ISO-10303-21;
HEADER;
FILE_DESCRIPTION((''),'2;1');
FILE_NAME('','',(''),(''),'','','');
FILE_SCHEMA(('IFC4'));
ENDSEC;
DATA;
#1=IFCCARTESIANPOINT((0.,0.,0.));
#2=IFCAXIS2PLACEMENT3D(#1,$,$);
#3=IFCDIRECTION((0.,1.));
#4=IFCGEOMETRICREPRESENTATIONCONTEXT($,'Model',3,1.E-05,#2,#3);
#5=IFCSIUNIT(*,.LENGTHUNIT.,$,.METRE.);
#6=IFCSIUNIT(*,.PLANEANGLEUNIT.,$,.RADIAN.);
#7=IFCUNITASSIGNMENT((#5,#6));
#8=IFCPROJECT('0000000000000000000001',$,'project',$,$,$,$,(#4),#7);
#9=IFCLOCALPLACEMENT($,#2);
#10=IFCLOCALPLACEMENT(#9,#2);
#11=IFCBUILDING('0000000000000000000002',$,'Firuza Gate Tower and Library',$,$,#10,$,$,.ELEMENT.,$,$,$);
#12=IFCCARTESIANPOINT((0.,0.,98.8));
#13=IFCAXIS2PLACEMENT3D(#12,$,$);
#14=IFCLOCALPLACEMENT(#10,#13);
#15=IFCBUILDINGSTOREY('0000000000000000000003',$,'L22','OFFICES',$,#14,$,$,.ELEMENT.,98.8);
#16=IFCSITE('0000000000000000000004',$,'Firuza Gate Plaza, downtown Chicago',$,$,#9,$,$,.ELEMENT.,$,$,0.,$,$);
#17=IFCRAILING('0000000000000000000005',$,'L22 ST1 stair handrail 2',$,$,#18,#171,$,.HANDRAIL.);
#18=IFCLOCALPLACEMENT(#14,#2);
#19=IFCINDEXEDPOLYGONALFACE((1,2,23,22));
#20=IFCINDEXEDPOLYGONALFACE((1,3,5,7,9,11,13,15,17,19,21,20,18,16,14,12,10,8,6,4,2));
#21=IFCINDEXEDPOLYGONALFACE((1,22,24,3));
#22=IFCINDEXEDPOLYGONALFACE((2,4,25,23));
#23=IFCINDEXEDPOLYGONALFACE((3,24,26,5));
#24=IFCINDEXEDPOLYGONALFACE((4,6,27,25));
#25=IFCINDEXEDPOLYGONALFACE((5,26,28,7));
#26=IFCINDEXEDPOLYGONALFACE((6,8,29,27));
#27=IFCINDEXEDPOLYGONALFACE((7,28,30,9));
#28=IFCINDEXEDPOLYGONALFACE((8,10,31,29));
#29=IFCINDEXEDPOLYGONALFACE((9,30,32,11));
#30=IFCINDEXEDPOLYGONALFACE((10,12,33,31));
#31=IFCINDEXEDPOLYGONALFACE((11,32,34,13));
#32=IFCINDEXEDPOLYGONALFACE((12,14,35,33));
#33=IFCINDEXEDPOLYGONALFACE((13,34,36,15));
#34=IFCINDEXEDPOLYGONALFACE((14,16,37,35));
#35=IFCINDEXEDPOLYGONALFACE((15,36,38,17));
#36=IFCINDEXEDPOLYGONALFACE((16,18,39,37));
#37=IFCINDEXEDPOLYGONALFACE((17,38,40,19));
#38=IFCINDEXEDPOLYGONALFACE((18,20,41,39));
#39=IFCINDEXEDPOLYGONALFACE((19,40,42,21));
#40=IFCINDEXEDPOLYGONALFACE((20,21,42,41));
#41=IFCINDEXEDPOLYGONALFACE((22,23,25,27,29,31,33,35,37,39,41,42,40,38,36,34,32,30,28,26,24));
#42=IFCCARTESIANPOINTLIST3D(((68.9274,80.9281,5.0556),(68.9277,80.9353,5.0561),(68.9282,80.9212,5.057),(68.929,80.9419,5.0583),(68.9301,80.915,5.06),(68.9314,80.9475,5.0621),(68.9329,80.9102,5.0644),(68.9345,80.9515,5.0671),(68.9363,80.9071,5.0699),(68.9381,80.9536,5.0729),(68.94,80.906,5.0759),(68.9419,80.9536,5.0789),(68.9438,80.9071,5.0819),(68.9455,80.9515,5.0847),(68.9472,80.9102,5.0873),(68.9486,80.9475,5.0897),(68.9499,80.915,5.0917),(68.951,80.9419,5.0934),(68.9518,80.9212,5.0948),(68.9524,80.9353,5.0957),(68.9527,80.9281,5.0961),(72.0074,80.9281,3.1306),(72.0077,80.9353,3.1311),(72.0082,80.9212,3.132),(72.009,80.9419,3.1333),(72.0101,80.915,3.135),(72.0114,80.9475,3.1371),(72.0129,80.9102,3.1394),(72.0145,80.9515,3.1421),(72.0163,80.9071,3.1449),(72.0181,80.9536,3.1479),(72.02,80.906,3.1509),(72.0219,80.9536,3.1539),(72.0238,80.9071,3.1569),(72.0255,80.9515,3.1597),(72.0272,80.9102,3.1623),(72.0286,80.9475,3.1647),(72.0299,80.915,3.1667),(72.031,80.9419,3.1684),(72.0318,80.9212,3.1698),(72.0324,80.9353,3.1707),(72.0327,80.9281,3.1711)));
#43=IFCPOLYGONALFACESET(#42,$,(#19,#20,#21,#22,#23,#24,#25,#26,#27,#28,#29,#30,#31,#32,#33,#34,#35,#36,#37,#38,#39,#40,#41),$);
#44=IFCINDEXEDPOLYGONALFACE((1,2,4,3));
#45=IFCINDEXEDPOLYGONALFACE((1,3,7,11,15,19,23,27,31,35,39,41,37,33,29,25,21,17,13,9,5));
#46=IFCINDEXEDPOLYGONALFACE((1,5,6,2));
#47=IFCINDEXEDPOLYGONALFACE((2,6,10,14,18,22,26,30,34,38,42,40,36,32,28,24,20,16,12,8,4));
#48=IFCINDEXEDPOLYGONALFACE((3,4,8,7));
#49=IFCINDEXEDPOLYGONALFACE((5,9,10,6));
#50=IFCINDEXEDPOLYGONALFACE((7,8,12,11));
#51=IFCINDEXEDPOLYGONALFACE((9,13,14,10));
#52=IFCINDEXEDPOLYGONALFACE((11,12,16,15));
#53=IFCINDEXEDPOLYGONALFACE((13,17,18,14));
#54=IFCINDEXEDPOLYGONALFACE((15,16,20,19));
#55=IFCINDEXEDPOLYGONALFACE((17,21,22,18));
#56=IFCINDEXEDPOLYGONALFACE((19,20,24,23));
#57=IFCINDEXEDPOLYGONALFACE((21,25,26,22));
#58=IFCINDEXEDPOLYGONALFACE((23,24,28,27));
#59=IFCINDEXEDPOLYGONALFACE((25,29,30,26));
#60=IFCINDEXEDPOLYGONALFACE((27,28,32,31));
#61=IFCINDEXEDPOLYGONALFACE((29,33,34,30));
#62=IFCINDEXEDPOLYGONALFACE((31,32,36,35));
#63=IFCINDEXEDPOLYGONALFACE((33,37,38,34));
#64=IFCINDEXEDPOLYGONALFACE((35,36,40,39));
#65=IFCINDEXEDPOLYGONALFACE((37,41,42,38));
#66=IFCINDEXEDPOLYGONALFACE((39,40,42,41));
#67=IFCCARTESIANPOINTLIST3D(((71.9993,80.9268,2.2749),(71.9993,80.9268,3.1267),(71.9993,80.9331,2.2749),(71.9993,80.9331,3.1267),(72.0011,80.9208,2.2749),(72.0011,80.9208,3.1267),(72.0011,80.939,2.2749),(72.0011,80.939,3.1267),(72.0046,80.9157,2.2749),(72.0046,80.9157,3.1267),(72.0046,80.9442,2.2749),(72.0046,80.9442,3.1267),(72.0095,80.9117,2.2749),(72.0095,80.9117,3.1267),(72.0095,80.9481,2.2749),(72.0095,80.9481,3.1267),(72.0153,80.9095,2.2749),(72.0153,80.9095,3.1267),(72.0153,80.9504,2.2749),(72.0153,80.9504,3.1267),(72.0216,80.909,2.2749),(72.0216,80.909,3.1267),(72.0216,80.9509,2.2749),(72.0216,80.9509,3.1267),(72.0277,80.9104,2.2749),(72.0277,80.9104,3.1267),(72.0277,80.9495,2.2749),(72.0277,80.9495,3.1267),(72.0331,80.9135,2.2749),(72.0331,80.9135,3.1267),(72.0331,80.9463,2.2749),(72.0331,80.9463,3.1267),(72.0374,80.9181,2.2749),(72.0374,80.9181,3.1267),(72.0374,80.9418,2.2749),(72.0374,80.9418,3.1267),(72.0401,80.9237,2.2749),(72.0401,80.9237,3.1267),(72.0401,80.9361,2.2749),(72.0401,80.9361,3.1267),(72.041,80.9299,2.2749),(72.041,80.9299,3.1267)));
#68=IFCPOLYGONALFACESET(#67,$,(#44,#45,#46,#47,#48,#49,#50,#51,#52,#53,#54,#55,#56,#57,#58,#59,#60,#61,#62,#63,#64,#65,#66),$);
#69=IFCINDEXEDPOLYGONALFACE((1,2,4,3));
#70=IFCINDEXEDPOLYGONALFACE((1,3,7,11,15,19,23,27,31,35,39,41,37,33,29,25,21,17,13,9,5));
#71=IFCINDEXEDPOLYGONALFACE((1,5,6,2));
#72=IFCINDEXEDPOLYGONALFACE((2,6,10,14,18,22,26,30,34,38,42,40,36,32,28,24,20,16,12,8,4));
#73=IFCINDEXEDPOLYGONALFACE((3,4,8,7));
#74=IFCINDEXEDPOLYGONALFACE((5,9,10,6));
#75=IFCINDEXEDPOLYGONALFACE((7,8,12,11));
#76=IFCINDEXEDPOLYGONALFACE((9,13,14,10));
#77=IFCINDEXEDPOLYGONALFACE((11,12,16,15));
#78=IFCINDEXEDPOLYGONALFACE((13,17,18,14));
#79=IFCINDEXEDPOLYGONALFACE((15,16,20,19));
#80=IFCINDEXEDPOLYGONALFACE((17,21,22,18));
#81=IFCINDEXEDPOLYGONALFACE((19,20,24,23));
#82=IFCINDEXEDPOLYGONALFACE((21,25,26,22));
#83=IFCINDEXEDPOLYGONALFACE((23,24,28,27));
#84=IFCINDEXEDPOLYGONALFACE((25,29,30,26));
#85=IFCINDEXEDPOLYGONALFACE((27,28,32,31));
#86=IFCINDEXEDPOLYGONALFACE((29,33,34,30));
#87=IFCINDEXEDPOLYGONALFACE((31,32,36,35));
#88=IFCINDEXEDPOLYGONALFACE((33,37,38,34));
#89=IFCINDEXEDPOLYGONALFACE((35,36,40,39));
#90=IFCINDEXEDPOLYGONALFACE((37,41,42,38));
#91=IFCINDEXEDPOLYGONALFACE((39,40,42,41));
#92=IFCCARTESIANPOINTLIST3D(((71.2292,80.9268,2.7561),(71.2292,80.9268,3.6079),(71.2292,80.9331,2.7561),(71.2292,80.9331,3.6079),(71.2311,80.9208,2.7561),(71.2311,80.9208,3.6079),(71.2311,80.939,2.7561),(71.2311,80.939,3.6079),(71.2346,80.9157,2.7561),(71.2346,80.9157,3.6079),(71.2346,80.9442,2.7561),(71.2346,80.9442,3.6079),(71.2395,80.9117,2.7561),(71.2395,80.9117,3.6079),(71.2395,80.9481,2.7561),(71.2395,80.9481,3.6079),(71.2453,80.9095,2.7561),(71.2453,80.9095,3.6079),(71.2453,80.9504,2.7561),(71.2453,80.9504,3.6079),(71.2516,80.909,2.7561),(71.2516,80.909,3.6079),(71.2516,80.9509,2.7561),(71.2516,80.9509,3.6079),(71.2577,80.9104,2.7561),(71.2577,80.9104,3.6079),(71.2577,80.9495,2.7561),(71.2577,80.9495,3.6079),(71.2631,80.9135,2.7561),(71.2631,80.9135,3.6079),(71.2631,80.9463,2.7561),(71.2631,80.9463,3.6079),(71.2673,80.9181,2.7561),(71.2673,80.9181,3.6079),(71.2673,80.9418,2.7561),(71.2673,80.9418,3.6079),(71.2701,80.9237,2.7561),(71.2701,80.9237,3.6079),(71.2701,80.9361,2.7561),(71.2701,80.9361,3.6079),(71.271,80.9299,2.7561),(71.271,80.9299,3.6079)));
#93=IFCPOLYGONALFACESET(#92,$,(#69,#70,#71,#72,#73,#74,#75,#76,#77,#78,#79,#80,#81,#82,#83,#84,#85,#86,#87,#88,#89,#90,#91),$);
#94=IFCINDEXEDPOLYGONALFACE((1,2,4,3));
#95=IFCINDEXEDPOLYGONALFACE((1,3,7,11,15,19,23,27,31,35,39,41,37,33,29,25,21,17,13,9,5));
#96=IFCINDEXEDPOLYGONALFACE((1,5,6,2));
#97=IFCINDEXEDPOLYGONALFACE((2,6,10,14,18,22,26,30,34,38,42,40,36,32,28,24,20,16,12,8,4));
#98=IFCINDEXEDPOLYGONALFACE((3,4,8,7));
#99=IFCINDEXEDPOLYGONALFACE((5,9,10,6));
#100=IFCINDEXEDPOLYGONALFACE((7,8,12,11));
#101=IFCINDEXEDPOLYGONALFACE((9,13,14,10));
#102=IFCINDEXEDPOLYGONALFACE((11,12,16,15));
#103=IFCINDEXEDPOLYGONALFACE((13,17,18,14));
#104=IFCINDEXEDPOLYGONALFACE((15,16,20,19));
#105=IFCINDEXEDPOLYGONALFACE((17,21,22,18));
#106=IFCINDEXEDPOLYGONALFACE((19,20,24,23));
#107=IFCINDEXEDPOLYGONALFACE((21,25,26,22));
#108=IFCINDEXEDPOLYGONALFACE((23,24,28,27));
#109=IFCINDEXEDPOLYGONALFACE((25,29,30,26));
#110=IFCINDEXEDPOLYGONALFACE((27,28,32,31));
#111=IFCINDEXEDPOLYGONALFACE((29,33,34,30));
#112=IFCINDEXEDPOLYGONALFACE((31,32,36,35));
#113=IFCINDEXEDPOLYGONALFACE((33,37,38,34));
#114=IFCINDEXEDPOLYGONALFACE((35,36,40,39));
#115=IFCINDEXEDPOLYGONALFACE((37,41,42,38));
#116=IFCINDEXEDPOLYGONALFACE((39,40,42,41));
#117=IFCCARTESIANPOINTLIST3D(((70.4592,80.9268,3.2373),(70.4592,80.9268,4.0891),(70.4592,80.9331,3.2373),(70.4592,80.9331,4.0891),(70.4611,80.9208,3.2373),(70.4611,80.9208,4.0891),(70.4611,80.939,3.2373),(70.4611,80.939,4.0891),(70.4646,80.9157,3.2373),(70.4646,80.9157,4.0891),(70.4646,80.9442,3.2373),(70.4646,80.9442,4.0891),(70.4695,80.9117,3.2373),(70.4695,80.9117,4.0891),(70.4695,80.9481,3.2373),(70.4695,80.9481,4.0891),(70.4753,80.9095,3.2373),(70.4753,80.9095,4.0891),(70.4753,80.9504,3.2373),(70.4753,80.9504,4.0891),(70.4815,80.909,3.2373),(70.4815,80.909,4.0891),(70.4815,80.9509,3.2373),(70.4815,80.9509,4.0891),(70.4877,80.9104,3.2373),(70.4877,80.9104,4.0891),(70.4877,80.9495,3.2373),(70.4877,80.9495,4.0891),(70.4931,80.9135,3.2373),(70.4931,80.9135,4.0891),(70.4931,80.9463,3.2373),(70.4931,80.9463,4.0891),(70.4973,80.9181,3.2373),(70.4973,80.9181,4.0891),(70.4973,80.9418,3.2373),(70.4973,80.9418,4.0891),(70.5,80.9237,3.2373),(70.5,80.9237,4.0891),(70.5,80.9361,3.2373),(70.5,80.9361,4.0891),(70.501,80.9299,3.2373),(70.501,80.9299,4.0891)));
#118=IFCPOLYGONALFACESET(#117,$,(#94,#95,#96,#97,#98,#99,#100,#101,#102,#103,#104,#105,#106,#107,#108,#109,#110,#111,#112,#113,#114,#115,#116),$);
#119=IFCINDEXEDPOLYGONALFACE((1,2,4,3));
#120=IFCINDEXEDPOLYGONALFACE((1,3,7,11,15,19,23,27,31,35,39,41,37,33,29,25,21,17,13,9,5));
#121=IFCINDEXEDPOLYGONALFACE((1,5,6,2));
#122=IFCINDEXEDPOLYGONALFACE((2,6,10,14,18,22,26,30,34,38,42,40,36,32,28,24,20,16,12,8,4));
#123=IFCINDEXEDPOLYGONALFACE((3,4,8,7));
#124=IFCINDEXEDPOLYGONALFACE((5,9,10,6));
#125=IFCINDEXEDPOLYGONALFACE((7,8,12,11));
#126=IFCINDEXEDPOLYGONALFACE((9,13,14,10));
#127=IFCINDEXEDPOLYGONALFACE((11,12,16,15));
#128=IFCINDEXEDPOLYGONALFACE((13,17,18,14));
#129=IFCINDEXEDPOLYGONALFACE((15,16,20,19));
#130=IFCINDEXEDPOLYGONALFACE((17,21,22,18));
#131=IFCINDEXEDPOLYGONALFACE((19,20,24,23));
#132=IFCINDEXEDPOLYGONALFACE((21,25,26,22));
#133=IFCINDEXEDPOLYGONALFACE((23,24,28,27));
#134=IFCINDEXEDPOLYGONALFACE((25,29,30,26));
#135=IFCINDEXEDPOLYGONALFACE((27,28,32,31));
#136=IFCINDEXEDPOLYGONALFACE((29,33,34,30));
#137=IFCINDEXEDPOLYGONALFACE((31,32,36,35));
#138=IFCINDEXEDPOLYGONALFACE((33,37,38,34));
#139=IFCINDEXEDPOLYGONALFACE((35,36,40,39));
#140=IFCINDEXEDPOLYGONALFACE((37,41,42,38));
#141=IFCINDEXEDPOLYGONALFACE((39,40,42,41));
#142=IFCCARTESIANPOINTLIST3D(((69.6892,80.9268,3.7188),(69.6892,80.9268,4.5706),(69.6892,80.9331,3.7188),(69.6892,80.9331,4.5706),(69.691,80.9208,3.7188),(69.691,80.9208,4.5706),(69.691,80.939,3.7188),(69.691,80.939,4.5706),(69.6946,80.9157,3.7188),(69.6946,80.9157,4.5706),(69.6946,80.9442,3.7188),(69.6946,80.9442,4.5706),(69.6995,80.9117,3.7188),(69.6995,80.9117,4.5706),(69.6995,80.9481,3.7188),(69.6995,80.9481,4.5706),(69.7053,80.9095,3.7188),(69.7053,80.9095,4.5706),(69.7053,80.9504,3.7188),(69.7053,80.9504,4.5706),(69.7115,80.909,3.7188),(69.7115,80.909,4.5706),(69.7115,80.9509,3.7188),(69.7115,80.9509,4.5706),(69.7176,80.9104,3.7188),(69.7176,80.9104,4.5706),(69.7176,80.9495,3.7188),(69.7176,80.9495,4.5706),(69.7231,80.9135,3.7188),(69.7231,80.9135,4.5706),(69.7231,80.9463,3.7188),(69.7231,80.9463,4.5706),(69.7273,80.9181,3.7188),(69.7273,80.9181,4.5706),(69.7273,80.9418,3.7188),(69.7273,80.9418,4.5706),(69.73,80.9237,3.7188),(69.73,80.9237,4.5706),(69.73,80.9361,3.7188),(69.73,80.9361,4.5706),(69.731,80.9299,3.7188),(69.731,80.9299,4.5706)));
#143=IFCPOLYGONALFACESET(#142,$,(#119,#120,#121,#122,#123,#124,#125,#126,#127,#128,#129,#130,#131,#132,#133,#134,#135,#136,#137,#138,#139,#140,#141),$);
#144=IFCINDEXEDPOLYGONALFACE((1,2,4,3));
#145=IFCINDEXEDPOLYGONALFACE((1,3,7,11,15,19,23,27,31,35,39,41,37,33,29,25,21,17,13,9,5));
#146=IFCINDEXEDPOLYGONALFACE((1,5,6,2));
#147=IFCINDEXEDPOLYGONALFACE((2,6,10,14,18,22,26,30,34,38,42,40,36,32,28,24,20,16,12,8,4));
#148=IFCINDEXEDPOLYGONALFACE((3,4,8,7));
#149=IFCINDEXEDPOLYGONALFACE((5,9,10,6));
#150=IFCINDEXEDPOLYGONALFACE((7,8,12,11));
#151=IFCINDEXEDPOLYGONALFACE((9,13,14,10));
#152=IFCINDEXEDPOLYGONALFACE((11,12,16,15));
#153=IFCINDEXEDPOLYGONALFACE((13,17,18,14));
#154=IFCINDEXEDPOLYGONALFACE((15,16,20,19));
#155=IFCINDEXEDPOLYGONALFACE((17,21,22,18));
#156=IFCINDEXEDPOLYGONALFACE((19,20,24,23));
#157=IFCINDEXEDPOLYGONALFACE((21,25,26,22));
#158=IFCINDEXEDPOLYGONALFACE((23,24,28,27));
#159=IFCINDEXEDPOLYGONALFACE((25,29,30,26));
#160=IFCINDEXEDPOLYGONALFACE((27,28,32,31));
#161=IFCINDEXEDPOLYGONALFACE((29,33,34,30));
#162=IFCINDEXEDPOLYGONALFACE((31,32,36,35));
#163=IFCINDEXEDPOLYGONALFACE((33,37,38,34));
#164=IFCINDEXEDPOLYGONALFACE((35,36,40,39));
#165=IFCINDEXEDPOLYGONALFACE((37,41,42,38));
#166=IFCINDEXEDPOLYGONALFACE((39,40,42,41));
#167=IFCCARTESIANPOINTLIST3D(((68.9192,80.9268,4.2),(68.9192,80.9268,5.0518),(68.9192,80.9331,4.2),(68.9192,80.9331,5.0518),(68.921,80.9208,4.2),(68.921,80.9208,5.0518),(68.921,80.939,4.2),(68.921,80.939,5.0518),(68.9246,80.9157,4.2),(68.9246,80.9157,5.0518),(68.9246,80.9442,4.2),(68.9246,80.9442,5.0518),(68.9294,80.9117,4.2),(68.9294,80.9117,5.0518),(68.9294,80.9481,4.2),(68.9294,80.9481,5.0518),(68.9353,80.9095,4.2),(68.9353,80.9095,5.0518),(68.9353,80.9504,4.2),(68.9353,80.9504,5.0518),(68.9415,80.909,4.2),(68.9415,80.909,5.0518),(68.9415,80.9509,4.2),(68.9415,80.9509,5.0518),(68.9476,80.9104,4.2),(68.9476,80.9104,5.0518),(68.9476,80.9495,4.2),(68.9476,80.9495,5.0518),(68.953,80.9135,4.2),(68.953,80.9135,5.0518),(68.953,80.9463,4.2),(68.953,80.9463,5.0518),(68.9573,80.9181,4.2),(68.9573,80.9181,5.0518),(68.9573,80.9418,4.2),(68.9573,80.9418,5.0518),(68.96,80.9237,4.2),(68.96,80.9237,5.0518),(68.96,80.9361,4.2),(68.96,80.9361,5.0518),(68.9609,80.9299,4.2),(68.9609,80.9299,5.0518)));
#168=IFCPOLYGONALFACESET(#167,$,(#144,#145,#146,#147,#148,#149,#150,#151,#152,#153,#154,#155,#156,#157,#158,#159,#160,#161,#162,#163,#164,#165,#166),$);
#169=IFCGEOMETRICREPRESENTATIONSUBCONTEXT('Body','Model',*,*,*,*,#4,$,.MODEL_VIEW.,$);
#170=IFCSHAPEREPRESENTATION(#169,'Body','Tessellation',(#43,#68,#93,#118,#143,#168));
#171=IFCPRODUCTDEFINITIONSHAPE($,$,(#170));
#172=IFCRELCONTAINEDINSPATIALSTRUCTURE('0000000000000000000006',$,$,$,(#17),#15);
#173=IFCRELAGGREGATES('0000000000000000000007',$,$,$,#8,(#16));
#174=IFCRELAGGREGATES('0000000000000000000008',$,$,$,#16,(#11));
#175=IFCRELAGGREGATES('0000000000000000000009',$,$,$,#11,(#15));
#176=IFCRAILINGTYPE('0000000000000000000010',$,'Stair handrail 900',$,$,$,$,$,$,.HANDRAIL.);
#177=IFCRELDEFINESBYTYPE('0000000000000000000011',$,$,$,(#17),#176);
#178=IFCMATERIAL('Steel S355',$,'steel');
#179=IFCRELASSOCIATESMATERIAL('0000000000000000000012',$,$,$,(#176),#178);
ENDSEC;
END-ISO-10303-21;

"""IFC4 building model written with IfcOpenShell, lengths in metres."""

from ifc_helpers import new_model, si_unit, direction, frame, origin, origin_2d, place, context, subcontext, project, spatial, circle, extrude, material, type_object, element, save


model = new_model("IFC4")

# Units and contexts
model_context = context("Model", 3, precision=1e-05, world=origin(), true_north=direction((0.0, 1.0)))
body_context = subcontext(model_context, "Body", "Model", "MODEL_VIEW")
ifc_project = project(units=[si_unit("LENGTHUNIT", "METRE"), si_unit("PLANEANGLEUNIT", "RADIAN")], contexts=[model_context])

# Site, building, storey
site_placement = place(None, origin())
site = spatial("IfcSite", under=ifc_project, at=site_placement, Name="Firuza Gate Plaza, downtown Chicago", CompositionType="ELEMENT", RefElevation=0.0)
building_placement = place(site_placement, origin())
building = spatial("IfcBuilding", under=site, at=building_placement, Name="Firuza Gate Tower and Library", CompositionType="ELEMENT")
storey_placement = place(building_placement, frame((0.0, 0.0, 98.8)))
storey = spatial("IfcBuildingStorey", under=building, at=storey_placement, Name="L22", Description="OFFICES", CompositionType="ELEMENT", Elevation=98.8)

# Railing
ifc_material_1 = material(Name="Steel S355", Category="steel")
railing_type_1 = type_object("IfcRailingType", Name="Stair handrail 900", PredefinedType="HANDRAIL", material=ifc_material_1)
railing_1_placement = place(storey_placement, frame((72.02, 80.9299, 2.2749)))
element("IfcRailing", 1, at=railing_1_placement, inside=storey, type_object=railing_type_1, Name="L22 ST1 stair handrail 2", PredefinedType="HANDRAIL", context=body_context, shape_type="SweptSolid", body=[
    extrude(circle(Radius=0.0239, at=origin_2d()), frame((0.0, 0.0, 0.876), z_axis=(-0.847998, 0.0, 0.529999), x_axis=(0.0, -1.0, 0.0)), (0.0, 0.0, 1.0), 3.6321),
    extrude(circle(Radius=0.021, at=origin_2d()), origin(), (0.0, 0.0, 1.0), 0.8518),
    extrude(circle(Radius=0.021, at=origin_2d()), frame((-0.77, 0.0, 0.4812)), (0.0, 0.0, 1.0), 0.8518),
    extrude(circle(Radius=0.021, at=origin_2d()), frame((-1.54, 0.0, 0.9624)), (0.0, 0.0, 1.0), 0.8518),
    extrude(circle(Radius=0.021, at=origin_2d()), frame((-2.3101, 0.0, 1.4438)), (0.0, 0.0, 1.0), 0.8518),
    extrude(circle(Radius=0.021, at=origin_2d()), frame((-3.0801, 0.0, 1.925)), (0.0, 0.0, 1.0), 0.8518),
])

save(model, "model.ifc")
